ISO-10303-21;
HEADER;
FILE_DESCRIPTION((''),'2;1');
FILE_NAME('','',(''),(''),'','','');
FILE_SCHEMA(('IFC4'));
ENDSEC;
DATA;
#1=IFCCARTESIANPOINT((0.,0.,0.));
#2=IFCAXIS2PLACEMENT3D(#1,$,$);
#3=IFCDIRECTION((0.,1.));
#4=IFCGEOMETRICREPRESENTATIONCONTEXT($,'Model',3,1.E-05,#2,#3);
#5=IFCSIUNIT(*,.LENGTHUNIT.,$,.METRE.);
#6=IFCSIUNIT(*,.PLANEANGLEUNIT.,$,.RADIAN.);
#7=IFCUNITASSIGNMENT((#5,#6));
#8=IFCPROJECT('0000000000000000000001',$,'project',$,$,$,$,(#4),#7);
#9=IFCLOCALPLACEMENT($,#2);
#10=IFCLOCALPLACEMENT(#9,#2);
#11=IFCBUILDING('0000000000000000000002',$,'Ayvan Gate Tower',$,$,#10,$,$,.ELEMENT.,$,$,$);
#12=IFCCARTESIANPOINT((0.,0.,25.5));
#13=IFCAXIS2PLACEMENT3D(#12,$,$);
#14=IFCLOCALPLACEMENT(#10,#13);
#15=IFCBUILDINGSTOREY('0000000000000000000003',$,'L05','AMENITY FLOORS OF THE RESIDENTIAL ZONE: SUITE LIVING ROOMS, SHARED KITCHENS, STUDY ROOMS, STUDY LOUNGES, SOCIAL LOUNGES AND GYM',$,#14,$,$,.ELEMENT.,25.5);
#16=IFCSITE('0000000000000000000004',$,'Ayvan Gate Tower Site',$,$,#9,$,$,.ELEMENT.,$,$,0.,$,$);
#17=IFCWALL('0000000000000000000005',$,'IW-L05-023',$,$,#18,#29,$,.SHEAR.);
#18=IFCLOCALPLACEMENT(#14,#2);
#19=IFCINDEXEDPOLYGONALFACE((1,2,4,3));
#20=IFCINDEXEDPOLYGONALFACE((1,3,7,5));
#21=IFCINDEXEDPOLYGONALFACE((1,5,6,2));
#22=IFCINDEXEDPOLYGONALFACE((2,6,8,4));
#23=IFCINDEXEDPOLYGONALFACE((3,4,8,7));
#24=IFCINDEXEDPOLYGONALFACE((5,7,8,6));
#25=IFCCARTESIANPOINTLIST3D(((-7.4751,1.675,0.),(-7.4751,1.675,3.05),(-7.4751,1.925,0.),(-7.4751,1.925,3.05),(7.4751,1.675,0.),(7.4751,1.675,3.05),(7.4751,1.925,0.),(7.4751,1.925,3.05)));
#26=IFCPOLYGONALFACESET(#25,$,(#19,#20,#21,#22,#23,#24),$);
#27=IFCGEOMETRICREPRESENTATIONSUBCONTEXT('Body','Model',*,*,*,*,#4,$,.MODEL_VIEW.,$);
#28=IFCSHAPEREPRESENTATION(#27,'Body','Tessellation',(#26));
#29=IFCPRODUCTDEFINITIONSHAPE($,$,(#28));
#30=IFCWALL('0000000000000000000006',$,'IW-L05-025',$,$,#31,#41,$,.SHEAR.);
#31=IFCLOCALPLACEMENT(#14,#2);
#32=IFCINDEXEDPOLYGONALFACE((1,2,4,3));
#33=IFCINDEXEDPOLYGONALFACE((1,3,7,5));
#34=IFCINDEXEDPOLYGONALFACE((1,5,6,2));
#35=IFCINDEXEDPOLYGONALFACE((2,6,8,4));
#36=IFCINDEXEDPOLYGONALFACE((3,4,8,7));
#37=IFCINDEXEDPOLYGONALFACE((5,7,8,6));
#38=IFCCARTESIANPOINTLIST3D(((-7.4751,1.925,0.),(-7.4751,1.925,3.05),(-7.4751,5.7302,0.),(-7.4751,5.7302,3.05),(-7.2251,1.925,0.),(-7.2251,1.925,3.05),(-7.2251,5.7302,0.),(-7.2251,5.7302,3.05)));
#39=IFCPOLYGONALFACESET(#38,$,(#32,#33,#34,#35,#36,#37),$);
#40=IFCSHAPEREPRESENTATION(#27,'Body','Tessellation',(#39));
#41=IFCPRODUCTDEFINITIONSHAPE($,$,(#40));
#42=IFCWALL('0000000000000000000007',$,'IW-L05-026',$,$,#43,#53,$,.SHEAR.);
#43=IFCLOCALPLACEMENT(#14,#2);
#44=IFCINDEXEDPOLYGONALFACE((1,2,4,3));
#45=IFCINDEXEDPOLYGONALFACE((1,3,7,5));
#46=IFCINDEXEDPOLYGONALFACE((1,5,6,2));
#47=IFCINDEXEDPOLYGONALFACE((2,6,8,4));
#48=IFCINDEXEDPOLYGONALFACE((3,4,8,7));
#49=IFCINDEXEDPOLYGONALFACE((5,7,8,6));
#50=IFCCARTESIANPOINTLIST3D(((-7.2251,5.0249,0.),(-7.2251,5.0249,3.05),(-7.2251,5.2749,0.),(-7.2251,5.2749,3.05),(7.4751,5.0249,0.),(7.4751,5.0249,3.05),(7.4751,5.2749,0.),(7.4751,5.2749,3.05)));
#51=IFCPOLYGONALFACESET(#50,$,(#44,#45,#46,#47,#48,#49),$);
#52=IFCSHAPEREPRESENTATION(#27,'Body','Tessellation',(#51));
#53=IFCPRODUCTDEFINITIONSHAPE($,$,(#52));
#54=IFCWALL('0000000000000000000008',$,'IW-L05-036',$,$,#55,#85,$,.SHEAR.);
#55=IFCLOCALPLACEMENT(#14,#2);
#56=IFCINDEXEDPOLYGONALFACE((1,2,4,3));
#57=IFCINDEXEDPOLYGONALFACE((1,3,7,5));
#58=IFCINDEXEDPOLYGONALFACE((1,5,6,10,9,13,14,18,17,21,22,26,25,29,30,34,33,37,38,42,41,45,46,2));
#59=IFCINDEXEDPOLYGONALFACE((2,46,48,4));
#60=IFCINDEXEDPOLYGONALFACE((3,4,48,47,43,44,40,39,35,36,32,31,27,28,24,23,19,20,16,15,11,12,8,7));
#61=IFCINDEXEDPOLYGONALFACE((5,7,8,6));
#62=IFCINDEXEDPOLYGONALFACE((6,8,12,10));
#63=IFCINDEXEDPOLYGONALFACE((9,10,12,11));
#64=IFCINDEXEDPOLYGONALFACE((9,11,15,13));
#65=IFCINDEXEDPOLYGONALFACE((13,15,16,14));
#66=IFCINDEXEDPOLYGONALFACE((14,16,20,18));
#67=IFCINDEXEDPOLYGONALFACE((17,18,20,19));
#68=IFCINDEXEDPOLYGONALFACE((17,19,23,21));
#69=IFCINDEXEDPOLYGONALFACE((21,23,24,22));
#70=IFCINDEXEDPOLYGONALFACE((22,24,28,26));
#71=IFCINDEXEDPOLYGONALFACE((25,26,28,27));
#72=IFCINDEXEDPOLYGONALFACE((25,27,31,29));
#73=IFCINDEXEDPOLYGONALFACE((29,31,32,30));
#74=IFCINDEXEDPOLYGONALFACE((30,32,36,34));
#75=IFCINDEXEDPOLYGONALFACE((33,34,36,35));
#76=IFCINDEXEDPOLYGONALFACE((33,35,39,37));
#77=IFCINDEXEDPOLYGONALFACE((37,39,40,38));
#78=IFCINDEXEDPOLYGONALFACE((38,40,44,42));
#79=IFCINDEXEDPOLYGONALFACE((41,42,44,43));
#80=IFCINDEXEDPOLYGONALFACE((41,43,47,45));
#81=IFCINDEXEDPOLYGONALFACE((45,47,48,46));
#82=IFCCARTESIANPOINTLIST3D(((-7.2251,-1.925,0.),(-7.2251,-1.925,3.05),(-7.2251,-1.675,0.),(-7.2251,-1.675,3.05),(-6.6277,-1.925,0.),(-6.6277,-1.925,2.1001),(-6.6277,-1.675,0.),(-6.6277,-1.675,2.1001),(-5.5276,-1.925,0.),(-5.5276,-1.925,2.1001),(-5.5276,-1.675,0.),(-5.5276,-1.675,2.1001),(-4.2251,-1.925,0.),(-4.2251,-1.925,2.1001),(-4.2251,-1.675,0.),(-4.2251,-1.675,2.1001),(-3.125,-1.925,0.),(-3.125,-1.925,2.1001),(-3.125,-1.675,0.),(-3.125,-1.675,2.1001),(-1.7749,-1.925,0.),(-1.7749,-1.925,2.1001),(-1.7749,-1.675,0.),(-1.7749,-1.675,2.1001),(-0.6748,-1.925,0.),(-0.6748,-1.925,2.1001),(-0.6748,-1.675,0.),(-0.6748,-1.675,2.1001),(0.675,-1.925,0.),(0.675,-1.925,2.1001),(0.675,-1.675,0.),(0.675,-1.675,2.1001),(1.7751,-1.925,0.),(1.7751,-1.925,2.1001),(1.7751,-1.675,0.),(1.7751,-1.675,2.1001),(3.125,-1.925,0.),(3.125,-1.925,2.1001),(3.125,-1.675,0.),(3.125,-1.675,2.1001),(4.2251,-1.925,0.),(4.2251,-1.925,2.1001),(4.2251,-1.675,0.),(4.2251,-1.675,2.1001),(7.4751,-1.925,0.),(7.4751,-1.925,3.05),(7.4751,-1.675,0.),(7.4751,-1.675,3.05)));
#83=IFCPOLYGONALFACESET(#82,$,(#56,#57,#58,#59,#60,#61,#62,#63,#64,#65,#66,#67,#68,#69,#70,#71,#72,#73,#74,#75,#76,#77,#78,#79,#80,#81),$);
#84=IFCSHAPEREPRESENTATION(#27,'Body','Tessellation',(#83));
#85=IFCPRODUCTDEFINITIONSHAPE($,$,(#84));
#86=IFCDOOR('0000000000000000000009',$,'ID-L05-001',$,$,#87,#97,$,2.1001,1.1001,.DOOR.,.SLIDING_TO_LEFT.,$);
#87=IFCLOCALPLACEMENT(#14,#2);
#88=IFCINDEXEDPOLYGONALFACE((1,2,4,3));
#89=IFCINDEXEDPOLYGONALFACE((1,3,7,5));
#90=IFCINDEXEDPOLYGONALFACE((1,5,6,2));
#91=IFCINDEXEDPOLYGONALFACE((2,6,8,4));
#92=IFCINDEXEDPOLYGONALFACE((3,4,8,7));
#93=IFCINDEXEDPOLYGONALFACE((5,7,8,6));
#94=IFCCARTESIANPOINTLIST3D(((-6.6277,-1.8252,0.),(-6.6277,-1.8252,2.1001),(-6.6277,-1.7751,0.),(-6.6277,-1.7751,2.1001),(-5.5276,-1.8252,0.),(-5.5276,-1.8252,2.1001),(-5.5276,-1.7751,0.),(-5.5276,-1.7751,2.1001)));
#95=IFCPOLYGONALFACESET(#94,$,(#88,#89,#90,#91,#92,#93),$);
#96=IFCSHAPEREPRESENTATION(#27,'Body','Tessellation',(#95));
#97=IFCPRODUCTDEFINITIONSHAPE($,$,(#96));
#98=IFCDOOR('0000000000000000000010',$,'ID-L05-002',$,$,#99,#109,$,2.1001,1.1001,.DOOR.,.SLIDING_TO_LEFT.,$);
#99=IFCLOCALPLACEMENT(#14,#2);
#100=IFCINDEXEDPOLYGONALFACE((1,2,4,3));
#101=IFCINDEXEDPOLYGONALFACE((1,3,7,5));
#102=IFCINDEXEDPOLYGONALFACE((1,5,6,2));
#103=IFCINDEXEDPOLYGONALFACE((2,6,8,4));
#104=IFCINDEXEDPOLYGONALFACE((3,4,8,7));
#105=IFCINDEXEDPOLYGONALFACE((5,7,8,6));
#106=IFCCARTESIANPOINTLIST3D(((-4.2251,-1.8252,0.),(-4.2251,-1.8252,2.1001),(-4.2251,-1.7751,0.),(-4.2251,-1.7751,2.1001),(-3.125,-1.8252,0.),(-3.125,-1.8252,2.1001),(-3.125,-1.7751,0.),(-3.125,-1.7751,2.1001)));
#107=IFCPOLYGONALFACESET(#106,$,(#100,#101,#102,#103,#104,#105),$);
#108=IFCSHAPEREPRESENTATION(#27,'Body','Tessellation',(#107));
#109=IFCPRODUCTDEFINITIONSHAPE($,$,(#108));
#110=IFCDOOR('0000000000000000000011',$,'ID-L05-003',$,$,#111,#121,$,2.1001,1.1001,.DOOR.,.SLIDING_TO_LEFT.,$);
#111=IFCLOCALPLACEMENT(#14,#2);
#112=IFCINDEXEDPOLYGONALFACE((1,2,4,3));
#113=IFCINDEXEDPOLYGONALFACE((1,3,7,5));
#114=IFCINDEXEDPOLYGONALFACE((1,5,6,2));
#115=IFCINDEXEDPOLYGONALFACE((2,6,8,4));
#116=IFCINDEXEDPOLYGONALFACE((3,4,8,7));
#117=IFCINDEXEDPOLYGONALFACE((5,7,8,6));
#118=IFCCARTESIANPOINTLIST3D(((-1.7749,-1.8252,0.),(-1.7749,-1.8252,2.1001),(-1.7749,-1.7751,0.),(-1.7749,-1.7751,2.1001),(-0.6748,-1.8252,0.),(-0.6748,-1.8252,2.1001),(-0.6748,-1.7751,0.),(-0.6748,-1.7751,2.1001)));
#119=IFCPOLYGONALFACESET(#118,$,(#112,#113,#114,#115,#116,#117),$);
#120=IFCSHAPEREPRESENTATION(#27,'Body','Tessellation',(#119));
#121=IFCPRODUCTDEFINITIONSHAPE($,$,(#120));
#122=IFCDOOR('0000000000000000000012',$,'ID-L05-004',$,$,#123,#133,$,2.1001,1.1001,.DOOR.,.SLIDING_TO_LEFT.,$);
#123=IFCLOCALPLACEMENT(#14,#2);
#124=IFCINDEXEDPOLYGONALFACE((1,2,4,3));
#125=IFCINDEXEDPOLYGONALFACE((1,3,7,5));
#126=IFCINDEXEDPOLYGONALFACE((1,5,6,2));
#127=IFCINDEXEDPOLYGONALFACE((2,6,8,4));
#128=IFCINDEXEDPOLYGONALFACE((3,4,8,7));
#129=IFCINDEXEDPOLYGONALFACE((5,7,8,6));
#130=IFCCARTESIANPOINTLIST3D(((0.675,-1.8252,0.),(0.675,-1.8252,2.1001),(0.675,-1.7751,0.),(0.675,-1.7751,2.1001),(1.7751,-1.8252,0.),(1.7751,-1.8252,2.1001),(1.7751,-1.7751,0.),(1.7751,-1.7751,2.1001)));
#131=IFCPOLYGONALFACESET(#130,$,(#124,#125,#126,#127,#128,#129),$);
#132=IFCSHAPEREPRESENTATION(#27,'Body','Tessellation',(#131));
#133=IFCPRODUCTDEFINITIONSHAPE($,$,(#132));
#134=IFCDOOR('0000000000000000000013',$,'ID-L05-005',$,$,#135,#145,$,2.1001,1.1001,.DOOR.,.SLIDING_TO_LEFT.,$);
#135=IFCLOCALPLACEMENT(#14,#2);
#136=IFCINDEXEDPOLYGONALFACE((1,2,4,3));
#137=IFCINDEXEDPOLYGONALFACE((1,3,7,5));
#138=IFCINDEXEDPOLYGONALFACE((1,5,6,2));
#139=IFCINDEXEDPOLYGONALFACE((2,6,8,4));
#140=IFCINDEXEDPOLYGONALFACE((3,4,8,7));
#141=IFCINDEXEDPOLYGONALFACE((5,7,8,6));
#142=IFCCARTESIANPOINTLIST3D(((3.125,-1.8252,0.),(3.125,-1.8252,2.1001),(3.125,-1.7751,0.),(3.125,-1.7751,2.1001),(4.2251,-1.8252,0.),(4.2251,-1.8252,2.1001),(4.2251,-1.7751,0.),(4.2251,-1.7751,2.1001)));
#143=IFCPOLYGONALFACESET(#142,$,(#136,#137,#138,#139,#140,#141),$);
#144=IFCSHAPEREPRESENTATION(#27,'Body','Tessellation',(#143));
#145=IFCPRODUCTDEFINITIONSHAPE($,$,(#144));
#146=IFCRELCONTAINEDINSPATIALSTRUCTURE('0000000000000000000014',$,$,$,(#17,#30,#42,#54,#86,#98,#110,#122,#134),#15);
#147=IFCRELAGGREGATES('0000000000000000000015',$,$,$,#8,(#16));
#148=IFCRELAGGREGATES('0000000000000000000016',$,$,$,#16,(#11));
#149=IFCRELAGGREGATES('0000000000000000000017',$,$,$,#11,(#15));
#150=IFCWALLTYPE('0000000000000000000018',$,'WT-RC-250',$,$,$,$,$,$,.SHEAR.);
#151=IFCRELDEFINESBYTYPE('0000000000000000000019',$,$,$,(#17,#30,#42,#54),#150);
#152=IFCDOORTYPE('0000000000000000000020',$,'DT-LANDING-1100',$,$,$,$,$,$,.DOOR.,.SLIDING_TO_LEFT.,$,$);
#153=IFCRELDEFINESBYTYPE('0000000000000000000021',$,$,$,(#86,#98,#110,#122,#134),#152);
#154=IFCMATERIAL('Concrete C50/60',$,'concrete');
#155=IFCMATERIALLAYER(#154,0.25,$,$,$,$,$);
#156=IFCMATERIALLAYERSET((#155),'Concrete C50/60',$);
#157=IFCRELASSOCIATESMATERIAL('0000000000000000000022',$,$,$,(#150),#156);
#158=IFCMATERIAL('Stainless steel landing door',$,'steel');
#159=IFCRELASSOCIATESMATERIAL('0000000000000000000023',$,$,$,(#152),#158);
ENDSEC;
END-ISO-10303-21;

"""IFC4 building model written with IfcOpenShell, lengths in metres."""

from ifc_helpers import new_model, si_unit, direction, frame, frame_2d, origin, place, context, subcontext, project, spatial, rectangle, extrude, material, layer, layer_set, type_object, element, fill, save


model = new_model("IFC4")

# Units and contexts
model_context = context("Model", 3, precision=1e-05, world=origin(), true_north=direction((0.0, 1.0)))
body_context = subcontext(model_context, "Body", "Model", "MODEL_VIEW")
ifc_project = project(units=[si_unit("LENGTHUNIT", "METRE"), si_unit("PLANEANGLEUNIT", "RADIAN")], contexts=[model_context])

# Site, building, storey
site_placement = place(None, origin())
site = spatial("IfcSite", under=ifc_project, at=site_placement, Name="Ayvan Gate Tower Site", CompositionType="ELEMENT", RefElevation=0.0)
building_placement = place(site_placement, origin())
building = spatial("IfcBuilding", under=site, at=building_placement, Name="Ayvan Gate Tower", CompositionType="ELEMENT")
storey_placement = place(building_placement, frame((0.0, 0.0, 25.5)))
storey = spatial("IfcBuildingStorey", under=building, at=storey_placement, Name="L05", Description="AMENITY FLOORS OF THE RESIDENTIAL ZONE: SUITE LIVING ROOMS, SHARED KITCHENS, STUDY ROOMS, STUDY LOUNGES, SOCIAL LOUNGES AND GYM", CompositionType="ELEMENT", Elevation=25.5)

# Walls
ifc_material_1 = material(Name="Concrete C50/60", Category="concrete")
ifc_layer_1 = layer(ifc_material_1, 0.25)
ifc_layer_set_1 = layer_set([ifc_layer_1], Name="Concrete C50/60")
wall_type_1 = type_object("IfcWallType", Name="WT-RC-250", PredefinedType="SHEAR", material=ifc_layer_set_1)
wall_1_placement = place(storey_placement, frame((-7.4751, 1.8, 0.0), z_axis=(0.0, 0.0, 1.0), x_axis=(1.0, 0.0, 0.0)))
element("IfcWall", 1, at=wall_1_placement, inside=storey, type_object=wall_type_1, Name="IW-L05-023", PredefinedType="SHEAR", context=body_context, shape_type="SweptSolid", body=[
    extrude(rectangle(XDim=14.9502, YDim=0.25, at=frame_2d((7.4751, 0.0))), origin(), (0.0, 0.0, 1.0), 3.05),
])
wall_2_placement = place(storey_placement, frame((-7.3501, 1.925, 0.0), z_axis=(0.0, 0.0, 1.0), x_axis=(0.0, 1.0, 0.0)))
element("IfcWall", 2, at=wall_2_placement, inside=storey, type_object=wall_type_1, Name="IW-L05-025", PredefinedType="SHEAR", context=body_context, shape_type="SweptSolid", body=[
    extrude(rectangle(XDim=3.8052, YDim=0.25, at=frame_2d((1.9026, 0.0))), origin(), (0.0, 0.0, 1.0), 3.05),
])
wall_3_placement = place(storey_placement, frame((-7.2251, 5.1499, 0.0), z_axis=(0.0, 0.0, 1.0), x_axis=(1.0, 0.0, 0.0)))
element("IfcWall", 3, at=wall_3_placement, inside=storey, type_object=wall_type_1, Name="IW-L05-026", PredefinedType="SHEAR", context=body_context, shape_type="SweptSolid", body=[
    extrude(rectangle(XDim=14.7002, YDim=0.25, at=frame_2d((7.3501, 0.0))), origin(), (0.0, 0.0, 1.0), 3.05),
])

# Wall, openings, doors
wall_4_placement = place(storey_placement, frame((-7.2251, -1.8, 0.0), z_axis=(0.0, 0.0, 1.0), x_axis=(1.0, 0.0, 0.0)))
wall_4 = element("IfcWall", 4, at=wall_4_placement, inside=storey, type_object=wall_type_1, Name="IW-L05-036", PredefinedType="SHEAR", context=body_context, shape_type="SweptSolid", body=[
    extrude(rectangle(XDim=14.7002, YDim=0.25, at=frame_2d((7.3501, 0.0))), origin(), (0.0, 0.0, 1.0), 3.05),
])
opening_1_placement = place(wall_4_placement, frame((0.5974, 0.0, 0.0)))
opening_1 = element("IfcOpeningElement", 5, at=opening_1_placement, cuts=wall_4, PredefinedType="OPENING", context=body_context, shape_type="SweptSolid", body=[
    extrude(rectangle(XDim=1.1001, YDim=2.1001, at=frame_2d((0.55, 1.05))), frame((0.0, 0.135, 0.0), z_axis=(0.0, -1.0, 0.0), x_axis=(1.0, 0.0, 0.0)), (0.0, 0.0, 1.0), 0.27),
])
opening_2_placement = place(wall_4_placement, frame((3.0, 0.0, 0.0)))
opening_2 = element("IfcOpeningElement", 6, at=opening_2_placement, cuts=wall_4, PredefinedType="OPENING", context=body_context, shape_type="SweptSolid", body=[
    extrude(rectangle(XDim=1.1001, YDim=2.1001, at=frame_2d((0.55, 1.05))), frame((0.0, 0.135, 0.0), z_axis=(0.0, -1.0, 0.0), x_axis=(1.0, 0.0, 0.0)), (0.0, 0.0, 1.0), 0.27),
])
opening_3_placement = place(wall_4_placement, frame((5.4502, 0.0, 0.0)))
opening_3 = element("IfcOpeningElement", 7, at=opening_3_placement, cuts=wall_4, PredefinedType="OPENING", context=body_context, shape_type="SweptSolid", body=[
    extrude(rectangle(XDim=1.1001, YDim=2.1001, at=frame_2d((0.55, 1.05))), frame((0.0, 0.135, 0.0), z_axis=(0.0, -1.0, 0.0), x_axis=(1.0, 0.0, 0.0)), (0.0, 0.0, 1.0), 0.27),
])
opening_4_placement = place(wall_4_placement, frame((7.9001, 0.0, 0.0)))
opening_4 = element("IfcOpeningElement", 8, at=opening_4_placement, cuts=wall_4, PredefinedType="OPENING", context=body_context, shape_type="SweptSolid", body=[
    extrude(rectangle(XDim=1.1001, YDim=2.1001, at=frame_2d((0.55, 1.05))), frame((0.0, 0.135, 0.0), z_axis=(0.0, -1.0, 0.0), x_axis=(1.0, 0.0, 0.0)), (0.0, 0.0, 1.0), 0.27),
])
opening_5_placement = place(wall_4_placement, frame((10.3501, 0.0, 0.0)))
opening_5 = element("IfcOpeningElement", 9, at=opening_5_placement, cuts=wall_4, PredefinedType="OPENING", context=body_context, shape_type="SweptSolid", body=[
    extrude(rectangle(XDim=1.1001, YDim=2.1001, at=frame_2d((0.55, 1.05))), frame((0.0, 0.135, 0.0), z_axis=(0.0, -1.0, 0.0), x_axis=(1.0, 0.0, 0.0)), (0.0, 0.0, 1.0), 0.27),
])
ifc_material_2 = material(Name="Stainless steel landing door", Category="steel")
door_type_1 = type_object("IfcDoorType", Name="DT-LANDING-1100", OperationType="SLIDING_TO_LEFT", PredefinedType="DOOR", material=ifc_material_2)
door_1_placement = place(opening_1_placement, origin())
door_1 = element("IfcDoor", 10, at=door_1_placement, inside=storey, type_object=door_type_1, Name="ID-L05-001", OperationType="SLIDING_TO_LEFT", OverallHeight=2.1001, OverallWidth=1.1001, PredefinedType="DOOR", context=body_context, shape_type="SweptSolid", body=[
    extrude(rectangle(XDim=1.1001, YDim=2.1001, at=frame_2d((0.55, 1.05))), frame((0.0, 0.0249, 0.0), z_axis=(0.0, -1.0, 0.0), x_axis=(1.0, 0.0, 0.0)), (0.0, 0.0, 1.0), 0.05),
])
fill(opening_1, door_1)
door_2_placement = place(opening_2_placement, origin())
door_2 = element("IfcDoor", 11, at=door_2_placement, inside=storey, type_object=door_type_1, Name="ID-L05-002", OperationType="SLIDING_TO_LEFT", OverallHeight=2.1001, OverallWidth=1.1001, PredefinedType="DOOR", context=body_context, shape_type="SweptSolid", body=[
    extrude(rectangle(XDim=1.1001, YDim=2.1001, at=frame_2d((0.55, 1.05))), frame((0.0, 0.0249, 0.0), z_axis=(0.0, -1.0, 0.0), x_axis=(1.0, 0.0, 0.0)), (0.0, 0.0, 1.0), 0.05),
])
fill(opening_2, door_2)
door_3_placement = place(opening_3_placement, origin())
door_3 = element("IfcDoor", 12, at=door_3_placement, inside=storey, type_object=door_type_1, Name="ID-L05-003", OperationType="SLIDING_TO_LEFT", OverallHeight=2.1001, OverallWidth=1.1001, PredefinedType="DOOR", context=body_context, shape_type="SweptSolid", body=[
    extrude(rectangle(XDim=1.1001, YDim=2.1001, at=frame_2d((0.55, 1.05))), frame((0.0, 0.0249, 0.0), z_axis=(0.0, -1.0, 0.0), x_axis=(1.0, 0.0, 0.0)), (0.0, 0.0, 1.0), 0.05),
])
fill(opening_3, door_3)
door_4_placement = place(opening_4_placement, origin())
door_4 = element("IfcDoor", 13, at=door_4_placement, inside=storey, type_object=door_type_1, Name="ID-L05-004", OperationType="SLIDING_TO_LEFT", OverallHeight=2.1001, OverallWidth=1.1001, PredefinedType="DOOR", context=body_context, shape_type="SweptSolid", body=[
    extrude(rectangle(XDim=1.1001, YDim=2.1001, at=frame_2d((0.55, 1.05))), frame((0.0, 0.0249, 0.0), z_axis=(0.0, -1.0, 0.0), x_axis=(1.0, 0.0, 0.0)), (0.0, 0.0, 1.0), 0.05),
])
fill(opening_4, door_4)
door_5_placement = place(opening_5_placement, origin())
door_5 = element("IfcDoor", 14, at=door_5_placement, inside=storey, type_object=door_type_1, Name="ID-L05-005", OperationType="SLIDING_TO_LEFT", OverallHeight=2.1001, OverallWidth=1.1001, PredefinedType="DOOR", context=body_context, shape_type="SweptSolid", body=[
    extrude(rectangle(XDim=1.1001, YDim=2.1001, at=frame_2d((0.55, 1.05))), frame((0.0, 0.0249, 0.0), z_axis=(0.0, -1.0, 0.0), x_axis=(1.0, 0.0, 0.0)), (0.0, 0.0, 1.0), 0.05),
])
fill(opening_5, door_5)

save(model, "model.ifc")
